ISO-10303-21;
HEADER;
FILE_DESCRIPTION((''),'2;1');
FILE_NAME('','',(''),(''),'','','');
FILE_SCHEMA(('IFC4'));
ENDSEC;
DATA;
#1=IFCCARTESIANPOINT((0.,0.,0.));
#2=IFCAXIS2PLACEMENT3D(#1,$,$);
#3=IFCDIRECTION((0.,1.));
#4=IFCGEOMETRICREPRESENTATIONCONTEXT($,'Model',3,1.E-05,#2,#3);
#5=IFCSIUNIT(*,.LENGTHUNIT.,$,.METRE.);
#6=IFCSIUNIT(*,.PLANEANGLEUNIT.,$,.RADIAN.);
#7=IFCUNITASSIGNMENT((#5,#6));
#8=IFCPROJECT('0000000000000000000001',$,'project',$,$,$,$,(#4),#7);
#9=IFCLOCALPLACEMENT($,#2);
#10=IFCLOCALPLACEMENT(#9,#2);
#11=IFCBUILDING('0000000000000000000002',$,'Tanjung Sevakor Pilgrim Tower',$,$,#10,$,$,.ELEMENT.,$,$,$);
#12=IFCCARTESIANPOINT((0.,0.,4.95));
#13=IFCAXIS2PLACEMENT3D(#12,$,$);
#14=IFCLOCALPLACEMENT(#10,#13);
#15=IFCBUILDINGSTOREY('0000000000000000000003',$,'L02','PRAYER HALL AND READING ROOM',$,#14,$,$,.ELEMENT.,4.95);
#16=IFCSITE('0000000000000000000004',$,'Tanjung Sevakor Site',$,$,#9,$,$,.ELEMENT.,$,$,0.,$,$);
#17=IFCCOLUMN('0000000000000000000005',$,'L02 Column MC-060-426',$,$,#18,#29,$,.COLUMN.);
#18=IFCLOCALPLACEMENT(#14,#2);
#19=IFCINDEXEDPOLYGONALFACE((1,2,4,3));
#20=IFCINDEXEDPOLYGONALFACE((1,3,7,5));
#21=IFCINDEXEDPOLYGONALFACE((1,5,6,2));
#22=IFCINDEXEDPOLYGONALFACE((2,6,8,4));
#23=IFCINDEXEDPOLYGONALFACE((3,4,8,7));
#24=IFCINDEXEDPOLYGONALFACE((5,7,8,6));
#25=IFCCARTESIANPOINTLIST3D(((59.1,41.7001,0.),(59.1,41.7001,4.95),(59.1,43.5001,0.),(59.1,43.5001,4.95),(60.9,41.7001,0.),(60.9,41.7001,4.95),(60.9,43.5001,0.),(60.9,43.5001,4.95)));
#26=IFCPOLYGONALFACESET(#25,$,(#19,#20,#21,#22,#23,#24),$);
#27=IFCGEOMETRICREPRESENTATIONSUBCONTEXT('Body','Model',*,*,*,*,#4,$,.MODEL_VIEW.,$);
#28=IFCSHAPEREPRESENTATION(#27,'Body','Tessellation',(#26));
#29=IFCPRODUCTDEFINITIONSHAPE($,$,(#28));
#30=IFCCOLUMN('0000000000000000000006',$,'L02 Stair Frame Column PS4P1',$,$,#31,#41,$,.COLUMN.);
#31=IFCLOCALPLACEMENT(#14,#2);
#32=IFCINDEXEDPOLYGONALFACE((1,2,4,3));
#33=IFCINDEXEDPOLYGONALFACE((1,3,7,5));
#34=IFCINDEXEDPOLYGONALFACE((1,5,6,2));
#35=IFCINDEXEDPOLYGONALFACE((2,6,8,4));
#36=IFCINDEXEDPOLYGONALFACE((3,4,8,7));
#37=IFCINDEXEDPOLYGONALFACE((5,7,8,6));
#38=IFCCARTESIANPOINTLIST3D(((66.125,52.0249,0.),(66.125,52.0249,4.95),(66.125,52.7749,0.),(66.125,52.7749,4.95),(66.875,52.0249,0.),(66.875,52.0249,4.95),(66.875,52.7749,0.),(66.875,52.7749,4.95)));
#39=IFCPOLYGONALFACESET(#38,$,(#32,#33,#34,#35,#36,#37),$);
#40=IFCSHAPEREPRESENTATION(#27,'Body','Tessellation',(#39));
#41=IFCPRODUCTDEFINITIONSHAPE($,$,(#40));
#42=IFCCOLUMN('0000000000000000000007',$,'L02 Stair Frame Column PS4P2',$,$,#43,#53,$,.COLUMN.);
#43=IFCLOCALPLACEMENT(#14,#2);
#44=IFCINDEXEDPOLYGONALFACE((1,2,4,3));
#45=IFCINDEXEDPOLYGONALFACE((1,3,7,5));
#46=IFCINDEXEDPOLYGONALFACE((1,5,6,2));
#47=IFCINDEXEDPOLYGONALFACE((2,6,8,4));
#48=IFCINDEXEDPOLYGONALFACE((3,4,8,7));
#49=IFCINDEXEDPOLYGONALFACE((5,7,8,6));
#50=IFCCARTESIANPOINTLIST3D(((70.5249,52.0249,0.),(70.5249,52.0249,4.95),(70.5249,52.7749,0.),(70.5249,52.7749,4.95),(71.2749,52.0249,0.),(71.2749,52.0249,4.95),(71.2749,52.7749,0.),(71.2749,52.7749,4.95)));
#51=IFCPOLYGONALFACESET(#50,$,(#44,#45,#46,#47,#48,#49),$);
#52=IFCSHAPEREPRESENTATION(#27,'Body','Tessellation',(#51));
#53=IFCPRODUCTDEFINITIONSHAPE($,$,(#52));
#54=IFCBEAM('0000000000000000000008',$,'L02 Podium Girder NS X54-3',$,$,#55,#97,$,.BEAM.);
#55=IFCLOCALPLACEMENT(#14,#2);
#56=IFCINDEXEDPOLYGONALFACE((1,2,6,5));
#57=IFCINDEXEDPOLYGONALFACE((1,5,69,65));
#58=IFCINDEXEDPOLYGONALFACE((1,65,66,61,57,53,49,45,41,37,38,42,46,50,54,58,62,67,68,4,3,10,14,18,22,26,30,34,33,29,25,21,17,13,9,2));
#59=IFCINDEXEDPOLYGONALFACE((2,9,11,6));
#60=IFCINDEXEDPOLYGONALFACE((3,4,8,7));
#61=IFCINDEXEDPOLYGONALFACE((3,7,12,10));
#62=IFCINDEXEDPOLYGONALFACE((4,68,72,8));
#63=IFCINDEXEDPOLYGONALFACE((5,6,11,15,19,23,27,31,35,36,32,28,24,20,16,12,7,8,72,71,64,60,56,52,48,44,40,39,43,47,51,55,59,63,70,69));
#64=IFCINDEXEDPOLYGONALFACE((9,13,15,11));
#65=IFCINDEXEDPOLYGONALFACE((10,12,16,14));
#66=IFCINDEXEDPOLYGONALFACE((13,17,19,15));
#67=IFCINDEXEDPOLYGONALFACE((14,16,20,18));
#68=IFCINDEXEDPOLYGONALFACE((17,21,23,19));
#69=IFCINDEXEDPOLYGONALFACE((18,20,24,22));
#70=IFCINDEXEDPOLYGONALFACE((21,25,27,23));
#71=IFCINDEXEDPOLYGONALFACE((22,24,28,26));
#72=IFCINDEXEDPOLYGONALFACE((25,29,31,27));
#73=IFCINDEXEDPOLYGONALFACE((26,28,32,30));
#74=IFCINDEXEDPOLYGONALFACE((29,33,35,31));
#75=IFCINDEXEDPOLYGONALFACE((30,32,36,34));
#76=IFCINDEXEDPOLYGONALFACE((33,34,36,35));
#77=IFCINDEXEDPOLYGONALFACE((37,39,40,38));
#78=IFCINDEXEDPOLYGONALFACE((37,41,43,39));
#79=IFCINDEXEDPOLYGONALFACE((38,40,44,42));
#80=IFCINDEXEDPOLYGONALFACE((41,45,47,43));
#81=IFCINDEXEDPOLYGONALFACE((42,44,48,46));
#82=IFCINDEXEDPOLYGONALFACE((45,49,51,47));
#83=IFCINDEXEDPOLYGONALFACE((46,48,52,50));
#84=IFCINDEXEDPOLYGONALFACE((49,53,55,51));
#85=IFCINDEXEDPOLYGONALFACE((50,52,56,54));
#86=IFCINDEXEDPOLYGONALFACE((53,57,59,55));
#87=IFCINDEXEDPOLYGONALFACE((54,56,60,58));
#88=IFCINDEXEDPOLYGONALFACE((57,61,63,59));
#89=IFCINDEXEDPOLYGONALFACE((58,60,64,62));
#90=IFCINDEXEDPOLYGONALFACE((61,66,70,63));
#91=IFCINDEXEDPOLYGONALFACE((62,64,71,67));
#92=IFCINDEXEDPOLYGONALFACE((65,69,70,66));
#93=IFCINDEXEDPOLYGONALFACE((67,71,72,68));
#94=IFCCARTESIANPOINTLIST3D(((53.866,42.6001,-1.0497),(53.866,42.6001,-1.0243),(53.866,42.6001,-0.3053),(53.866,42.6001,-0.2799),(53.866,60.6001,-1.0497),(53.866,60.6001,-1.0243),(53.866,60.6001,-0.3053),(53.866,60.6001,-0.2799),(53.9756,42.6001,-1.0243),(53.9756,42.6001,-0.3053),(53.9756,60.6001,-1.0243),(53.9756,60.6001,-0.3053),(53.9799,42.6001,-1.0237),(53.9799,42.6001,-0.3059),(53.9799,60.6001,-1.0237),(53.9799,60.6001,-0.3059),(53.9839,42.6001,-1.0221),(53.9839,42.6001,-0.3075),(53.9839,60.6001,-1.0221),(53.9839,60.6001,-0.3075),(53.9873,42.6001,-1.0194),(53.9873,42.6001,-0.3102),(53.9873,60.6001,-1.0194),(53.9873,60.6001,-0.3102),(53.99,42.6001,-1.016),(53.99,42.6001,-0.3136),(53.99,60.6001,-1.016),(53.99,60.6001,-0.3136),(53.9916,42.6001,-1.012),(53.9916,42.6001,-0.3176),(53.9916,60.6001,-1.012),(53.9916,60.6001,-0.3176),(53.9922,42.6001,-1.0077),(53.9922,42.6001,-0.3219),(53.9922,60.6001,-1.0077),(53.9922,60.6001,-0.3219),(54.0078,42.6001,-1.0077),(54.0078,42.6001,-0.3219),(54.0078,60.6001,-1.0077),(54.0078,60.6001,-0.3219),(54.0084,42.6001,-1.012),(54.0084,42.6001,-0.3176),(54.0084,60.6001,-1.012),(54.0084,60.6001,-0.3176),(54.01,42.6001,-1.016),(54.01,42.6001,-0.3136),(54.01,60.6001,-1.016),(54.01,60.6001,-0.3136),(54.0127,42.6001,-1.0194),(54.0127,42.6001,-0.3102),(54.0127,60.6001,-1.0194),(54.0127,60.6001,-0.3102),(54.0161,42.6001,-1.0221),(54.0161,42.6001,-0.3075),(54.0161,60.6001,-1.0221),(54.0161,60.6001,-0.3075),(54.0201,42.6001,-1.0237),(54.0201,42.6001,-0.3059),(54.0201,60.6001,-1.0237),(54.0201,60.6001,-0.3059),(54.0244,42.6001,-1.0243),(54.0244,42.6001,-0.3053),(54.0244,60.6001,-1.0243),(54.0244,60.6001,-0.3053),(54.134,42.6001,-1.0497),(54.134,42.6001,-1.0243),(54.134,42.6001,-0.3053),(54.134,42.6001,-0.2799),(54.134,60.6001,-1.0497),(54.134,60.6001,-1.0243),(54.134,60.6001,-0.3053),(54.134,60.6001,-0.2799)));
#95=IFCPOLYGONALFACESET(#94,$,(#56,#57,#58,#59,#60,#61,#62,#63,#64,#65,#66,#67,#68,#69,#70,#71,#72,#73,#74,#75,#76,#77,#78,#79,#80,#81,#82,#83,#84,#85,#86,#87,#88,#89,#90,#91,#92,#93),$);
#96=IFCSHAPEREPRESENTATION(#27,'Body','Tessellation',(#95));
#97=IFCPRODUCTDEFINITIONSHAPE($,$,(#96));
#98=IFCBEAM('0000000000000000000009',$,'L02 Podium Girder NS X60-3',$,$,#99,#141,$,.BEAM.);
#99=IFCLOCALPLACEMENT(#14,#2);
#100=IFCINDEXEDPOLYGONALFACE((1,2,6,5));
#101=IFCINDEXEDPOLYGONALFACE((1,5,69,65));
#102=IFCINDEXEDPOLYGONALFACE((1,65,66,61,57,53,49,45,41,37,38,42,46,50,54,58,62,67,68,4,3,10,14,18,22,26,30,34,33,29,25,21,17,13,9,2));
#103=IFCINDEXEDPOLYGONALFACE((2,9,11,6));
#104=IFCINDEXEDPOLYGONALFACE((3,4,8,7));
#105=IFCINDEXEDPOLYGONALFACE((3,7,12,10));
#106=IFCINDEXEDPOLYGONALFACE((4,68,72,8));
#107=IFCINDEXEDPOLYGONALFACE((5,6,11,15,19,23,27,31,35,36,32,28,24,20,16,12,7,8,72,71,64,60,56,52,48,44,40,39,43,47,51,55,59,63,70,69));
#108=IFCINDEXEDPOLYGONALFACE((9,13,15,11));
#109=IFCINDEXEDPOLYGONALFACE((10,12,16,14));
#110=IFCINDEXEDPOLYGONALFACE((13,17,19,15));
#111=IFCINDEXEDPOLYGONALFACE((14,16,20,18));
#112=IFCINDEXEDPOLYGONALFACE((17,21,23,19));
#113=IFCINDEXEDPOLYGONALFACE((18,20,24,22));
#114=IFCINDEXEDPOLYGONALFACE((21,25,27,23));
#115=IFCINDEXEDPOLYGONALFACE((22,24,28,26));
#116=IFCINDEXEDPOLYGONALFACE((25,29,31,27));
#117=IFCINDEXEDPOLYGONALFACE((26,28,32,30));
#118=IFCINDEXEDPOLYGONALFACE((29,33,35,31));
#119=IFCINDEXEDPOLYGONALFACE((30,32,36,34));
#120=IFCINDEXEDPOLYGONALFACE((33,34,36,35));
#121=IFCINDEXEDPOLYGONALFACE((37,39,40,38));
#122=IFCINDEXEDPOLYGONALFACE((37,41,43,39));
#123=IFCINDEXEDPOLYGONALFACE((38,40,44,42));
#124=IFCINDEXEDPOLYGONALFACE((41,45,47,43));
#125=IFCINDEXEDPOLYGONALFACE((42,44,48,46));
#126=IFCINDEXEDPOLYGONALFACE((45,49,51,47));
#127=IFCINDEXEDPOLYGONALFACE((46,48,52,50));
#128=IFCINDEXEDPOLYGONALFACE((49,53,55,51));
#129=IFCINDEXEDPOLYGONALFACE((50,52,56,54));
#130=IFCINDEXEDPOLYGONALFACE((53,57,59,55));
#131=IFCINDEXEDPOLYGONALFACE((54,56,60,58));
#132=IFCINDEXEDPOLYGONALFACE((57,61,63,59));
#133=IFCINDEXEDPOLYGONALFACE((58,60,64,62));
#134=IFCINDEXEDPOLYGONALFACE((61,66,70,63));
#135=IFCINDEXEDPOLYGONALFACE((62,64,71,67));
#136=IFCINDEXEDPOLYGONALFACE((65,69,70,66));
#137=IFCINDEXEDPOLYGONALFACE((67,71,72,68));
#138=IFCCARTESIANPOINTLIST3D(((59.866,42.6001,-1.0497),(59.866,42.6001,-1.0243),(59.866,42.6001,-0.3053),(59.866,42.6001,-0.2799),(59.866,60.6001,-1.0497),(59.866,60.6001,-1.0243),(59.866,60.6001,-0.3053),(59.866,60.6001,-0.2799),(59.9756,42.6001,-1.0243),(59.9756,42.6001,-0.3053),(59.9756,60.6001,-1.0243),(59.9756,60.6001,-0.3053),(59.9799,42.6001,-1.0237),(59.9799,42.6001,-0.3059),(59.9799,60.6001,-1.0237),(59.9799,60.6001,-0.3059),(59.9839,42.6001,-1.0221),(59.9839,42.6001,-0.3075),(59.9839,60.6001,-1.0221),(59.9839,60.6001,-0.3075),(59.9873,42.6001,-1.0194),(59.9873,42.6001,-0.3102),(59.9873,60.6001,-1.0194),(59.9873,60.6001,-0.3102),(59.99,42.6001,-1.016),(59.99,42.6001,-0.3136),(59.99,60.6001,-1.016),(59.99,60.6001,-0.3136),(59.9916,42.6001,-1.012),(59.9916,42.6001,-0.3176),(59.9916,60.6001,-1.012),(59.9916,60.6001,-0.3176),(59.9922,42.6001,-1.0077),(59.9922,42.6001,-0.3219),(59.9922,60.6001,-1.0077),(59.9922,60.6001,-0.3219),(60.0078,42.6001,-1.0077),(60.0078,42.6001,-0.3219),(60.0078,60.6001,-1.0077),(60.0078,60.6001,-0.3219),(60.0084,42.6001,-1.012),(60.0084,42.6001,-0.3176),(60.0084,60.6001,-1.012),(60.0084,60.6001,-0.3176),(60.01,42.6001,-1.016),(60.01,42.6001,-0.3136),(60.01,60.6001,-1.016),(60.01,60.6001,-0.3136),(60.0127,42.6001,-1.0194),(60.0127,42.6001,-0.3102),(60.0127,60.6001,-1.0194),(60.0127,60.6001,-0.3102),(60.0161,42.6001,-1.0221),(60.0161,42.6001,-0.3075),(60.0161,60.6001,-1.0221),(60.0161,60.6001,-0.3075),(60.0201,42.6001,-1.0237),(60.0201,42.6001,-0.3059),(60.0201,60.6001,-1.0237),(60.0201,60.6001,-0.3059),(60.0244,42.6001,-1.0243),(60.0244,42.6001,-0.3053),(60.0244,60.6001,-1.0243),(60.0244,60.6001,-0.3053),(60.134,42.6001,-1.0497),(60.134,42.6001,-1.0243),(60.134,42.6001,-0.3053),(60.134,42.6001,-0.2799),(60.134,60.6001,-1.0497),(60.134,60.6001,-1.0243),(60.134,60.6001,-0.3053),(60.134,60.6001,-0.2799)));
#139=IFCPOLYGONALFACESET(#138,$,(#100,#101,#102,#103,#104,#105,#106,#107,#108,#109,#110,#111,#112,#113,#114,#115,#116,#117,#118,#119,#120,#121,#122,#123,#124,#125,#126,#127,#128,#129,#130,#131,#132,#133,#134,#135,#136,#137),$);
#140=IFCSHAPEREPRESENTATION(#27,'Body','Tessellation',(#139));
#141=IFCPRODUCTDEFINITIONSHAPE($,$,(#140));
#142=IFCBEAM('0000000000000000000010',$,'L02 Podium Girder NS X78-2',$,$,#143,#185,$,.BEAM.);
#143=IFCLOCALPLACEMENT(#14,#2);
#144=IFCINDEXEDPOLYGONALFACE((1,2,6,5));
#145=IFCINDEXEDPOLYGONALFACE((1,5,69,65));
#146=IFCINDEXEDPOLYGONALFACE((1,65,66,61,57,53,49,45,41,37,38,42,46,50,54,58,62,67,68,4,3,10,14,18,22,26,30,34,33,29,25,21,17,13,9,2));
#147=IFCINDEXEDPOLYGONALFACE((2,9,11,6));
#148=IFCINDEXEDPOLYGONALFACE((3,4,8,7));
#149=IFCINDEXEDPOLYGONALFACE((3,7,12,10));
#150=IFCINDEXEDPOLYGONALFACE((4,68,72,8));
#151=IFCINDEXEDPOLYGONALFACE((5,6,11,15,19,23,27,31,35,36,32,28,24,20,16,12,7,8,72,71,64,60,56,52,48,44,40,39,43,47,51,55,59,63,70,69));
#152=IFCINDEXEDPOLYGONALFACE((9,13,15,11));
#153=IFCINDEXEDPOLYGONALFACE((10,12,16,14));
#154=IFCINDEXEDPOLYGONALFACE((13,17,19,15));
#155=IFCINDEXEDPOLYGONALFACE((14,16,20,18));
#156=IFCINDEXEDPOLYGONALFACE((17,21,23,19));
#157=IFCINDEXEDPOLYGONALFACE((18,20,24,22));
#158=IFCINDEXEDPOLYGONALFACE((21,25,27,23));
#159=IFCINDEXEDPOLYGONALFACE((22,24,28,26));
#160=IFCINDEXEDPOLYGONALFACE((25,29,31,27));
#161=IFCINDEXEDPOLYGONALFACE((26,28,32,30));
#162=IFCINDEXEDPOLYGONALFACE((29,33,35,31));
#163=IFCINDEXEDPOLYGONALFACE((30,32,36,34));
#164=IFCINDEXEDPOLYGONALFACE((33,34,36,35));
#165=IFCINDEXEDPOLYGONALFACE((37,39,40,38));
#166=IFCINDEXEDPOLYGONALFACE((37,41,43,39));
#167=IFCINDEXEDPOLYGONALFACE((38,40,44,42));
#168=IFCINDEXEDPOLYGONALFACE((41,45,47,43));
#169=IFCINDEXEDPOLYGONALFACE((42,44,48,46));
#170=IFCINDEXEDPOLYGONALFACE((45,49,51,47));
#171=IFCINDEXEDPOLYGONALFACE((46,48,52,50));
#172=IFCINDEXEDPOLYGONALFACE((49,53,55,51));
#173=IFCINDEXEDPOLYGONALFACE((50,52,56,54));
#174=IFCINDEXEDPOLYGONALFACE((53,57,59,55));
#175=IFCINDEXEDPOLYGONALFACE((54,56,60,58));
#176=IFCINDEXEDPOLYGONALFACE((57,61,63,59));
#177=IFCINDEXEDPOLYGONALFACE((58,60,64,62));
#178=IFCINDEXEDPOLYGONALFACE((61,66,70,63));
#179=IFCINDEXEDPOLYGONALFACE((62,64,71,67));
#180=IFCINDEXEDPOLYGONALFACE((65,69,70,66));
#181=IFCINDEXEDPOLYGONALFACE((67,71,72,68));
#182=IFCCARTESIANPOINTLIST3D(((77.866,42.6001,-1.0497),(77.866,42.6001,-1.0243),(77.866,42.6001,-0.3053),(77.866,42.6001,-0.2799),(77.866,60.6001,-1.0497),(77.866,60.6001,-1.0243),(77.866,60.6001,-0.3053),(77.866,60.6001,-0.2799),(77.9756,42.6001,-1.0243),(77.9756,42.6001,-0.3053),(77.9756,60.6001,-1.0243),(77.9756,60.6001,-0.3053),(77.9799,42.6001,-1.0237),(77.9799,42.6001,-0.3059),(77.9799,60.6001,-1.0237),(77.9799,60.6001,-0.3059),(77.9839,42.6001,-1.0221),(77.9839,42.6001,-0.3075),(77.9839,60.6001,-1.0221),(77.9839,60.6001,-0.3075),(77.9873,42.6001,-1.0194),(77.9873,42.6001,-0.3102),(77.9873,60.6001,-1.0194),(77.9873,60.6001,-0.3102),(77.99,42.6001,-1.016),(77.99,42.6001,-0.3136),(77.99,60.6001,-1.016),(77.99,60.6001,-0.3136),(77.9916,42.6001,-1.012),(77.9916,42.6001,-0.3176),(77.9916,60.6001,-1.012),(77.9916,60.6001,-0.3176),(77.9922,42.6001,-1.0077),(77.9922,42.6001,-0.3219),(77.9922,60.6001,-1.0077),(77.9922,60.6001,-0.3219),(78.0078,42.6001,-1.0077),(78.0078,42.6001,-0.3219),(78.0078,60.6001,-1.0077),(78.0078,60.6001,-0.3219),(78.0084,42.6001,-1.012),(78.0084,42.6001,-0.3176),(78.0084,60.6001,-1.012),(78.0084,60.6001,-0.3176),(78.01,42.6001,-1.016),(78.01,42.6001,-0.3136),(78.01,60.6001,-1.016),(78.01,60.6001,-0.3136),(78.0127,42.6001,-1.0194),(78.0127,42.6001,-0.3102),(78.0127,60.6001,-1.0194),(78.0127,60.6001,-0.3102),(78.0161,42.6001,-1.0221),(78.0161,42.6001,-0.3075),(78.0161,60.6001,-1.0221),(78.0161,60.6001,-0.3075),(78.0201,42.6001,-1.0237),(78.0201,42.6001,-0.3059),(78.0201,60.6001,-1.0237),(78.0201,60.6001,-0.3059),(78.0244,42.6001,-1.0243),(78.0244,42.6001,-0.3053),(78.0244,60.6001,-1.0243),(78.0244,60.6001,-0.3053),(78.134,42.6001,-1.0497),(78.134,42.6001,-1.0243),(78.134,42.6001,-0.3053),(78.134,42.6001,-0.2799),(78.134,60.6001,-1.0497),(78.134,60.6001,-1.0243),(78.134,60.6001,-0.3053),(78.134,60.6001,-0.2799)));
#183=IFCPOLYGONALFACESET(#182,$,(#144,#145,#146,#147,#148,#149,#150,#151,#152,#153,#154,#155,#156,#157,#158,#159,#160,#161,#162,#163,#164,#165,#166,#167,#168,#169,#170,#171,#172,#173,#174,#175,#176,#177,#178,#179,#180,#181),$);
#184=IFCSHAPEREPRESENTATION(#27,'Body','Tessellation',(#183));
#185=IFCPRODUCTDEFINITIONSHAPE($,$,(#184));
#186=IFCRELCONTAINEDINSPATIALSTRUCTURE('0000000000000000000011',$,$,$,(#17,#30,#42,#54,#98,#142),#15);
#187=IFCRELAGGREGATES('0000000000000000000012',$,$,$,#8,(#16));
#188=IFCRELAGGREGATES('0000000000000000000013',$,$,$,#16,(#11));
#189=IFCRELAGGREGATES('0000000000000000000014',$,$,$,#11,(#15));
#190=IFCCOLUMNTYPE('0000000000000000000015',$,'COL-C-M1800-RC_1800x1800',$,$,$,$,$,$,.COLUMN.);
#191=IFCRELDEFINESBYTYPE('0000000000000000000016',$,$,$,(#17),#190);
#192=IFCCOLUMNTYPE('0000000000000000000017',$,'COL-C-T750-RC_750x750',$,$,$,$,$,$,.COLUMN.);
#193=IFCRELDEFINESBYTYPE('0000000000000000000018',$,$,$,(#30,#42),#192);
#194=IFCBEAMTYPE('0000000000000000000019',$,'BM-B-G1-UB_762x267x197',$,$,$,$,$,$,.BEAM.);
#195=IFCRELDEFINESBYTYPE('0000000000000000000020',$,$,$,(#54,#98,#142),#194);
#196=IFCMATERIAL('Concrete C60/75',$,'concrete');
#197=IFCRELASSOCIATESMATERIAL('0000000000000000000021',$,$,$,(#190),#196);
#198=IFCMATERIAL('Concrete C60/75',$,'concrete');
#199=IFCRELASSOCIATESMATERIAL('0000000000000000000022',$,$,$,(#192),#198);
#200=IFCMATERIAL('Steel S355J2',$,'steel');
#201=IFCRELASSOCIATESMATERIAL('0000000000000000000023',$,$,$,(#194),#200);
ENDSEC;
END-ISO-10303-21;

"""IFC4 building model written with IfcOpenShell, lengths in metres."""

from ifc_helpers import new_model, si_unit, direction, frame, origin, origin_2d, place, context, subcontext, project, spatial, rectangle, i_section, extrude, material, material_profile, profile_set, type_object, element, save


model = new_model("IFC4")

# Units and contexts
model_context = context("Model", 3, precision=1e-05, world=origin(), true_north=direction((0.0, 1.0)))
body_context = subcontext(model_context, "Body", "Model", "MODEL_VIEW")
ifc_project = project(units=[si_unit("LENGTHUNIT", "METRE"), si_unit("PLANEANGLEUNIT", "RADIAN")], contexts=[model_context])

# Site, building, storey
site_placement = place(None, origin())
site = spatial("IfcSite", under=ifc_project, at=site_placement, Name="Tanjung Sevakor Site", CompositionType="ELEMENT", RefElevation=0.0)
building_placement = place(site_placement, origin())
building = spatial("IfcBuilding", under=site, at=building_placement, Name="Tanjung Sevakor Pilgrim Tower", CompositionType="ELEMENT")
storey_placement = place(building_placement, frame((0.0, 0.0, 4.95)))
storey = spatial("IfcBuildingStorey", under=building, at=storey_placement, Name="L02", Description="PRAYER HALL AND READING ROOM", CompositionType="ELEMENT", Elevation=4.95)

# Columns
ifc_material_1 = material(Name="Concrete C60/75", Category="concrete")
ifc_material_profile_1 = material_profile(ifc_material_1, rectangle(XDim=1.8, YDim=1.8, at=origin_2d()))
ifc_profile_set_1 = profile_set([ifc_material_profile_1], Name="Concrete C60/75")
column_type_1 = type_object("IfcColumnType", Name="COL-C-M1800-RC_1800x1800", PredefinedType="COLUMN", material=ifc_profile_set_1)
column_placement = place(storey_placement, frame((60.0, 42.6001, 0.0), z_axis=(0.0, 0.0, 1.0), x_axis=(1.0, 0.0, 0.0)))
element("IfcColumn", 1, at=column_placement, inside=storey, type_object=column_type_1, Name="L02 Column MC-060-426", PredefinedType="COLUMN", context=body_context, shape_type="SweptSolid", body=[
    extrude(rectangle(XDim=1.8, YDim=1.8, at=origin_2d()), origin(), (0.0, 0.0, 1.0), 4.95),
])
ifc_material_2 = material(Name="Concrete C60/75", Category="concrete")
ifc_material_profile_2 = material_profile(ifc_material_2, rectangle(XDim=0.75, YDim=0.75, at=origin_2d()))
ifc_profile_set_2 = profile_set([ifc_material_profile_2], Name="Concrete C60/75")
column_type_2 = type_object("IfcColumnType", Name="COL-C-T750-RC_750x750", PredefinedType="COLUMN", material=ifc_profile_set_2)
for number, where, z_axis, x_axis, name in (
    (2, (66.5, 52.3999, 0.0), (0.0, 0.0, 1.0), (1.0, 0.0, 0.0), "L02 Stair Frame Column PS4P1"),
    (3, (70.8999, 52.3999, 0.0), (0.0, 0.0, 1.0), (1.0, 0.0, 0.0), "L02 Stair Frame Column PS4P2"),
):
    element("IfcColumn", number, at=place(storey_placement, frame(where, z_axis=z_axis, x_axis=x_axis)), inside=storey, type_object=column_type_2, Name=name, PredefinedType="COLUMN", context=body_context, shape_type="SweptSolid", body=[
        extrude(rectangle(XDim=0.75, YDim=0.75, at=origin_2d()), origin(), (0.0, 0.0, 1.0), 4.95),
    ])

# Beams
ifc_material_3 = material(Name="Steel S355J2", Category="steel")
ifc_material_profile_3 = material_profile(ifc_material_3, i_section(OverallWidth=0.2681, OverallDepth=0.7698, WebThickness=0.0156, FlangeThickness=0.0254, FilletRadius=0.0166, at=origin_2d()))
ifc_profile_set_3 = profile_set([ifc_material_profile_3], Name="Steel S355J2")
beam_type_1 = type_object("IfcBeamType", Name="BM-B-G1-UB_762x267x197", PredefinedType="BEAM", material=ifc_profile_set_3)
for number, where, z_axis, x_axis, name in (
    (4, (54.0, 42.6001, -0.6648), (0.0, 1.0, 0.0), (-1.0, 0.0, 0.0), "L02 Podium Girder NS X54-3"),
    (5, (60.0, 42.6001, -0.6648), (0.0, 1.0, 0.0), (-1.0, 0.0, 0.0), "L02 Podium Girder NS X60-3"),
    (6, (78.0, 42.6001, -0.6648), (0.0, 1.0, 0.0), (-1.0, 0.0, 0.0), "L02 Podium Girder NS X78-2"),
):
    element("IfcBeam", number, at=place(storey_placement, frame(where, z_axis=z_axis, x_axis=x_axis)), inside=storey, type_object=beam_type_1, Name=name, PredefinedType="BEAM", context=body_context, shape_type="SweptSolid", body=[
        extrude(i_section(OverallWidth=0.2681, OverallDepth=0.7698, WebThickness=0.0156, FlangeThickness=0.0254, FilletRadius=0.0166, at=origin_2d()), origin(), (0.0, 0.0, 1.0), 18.0),
    ])

save(model, "model.ifc")
